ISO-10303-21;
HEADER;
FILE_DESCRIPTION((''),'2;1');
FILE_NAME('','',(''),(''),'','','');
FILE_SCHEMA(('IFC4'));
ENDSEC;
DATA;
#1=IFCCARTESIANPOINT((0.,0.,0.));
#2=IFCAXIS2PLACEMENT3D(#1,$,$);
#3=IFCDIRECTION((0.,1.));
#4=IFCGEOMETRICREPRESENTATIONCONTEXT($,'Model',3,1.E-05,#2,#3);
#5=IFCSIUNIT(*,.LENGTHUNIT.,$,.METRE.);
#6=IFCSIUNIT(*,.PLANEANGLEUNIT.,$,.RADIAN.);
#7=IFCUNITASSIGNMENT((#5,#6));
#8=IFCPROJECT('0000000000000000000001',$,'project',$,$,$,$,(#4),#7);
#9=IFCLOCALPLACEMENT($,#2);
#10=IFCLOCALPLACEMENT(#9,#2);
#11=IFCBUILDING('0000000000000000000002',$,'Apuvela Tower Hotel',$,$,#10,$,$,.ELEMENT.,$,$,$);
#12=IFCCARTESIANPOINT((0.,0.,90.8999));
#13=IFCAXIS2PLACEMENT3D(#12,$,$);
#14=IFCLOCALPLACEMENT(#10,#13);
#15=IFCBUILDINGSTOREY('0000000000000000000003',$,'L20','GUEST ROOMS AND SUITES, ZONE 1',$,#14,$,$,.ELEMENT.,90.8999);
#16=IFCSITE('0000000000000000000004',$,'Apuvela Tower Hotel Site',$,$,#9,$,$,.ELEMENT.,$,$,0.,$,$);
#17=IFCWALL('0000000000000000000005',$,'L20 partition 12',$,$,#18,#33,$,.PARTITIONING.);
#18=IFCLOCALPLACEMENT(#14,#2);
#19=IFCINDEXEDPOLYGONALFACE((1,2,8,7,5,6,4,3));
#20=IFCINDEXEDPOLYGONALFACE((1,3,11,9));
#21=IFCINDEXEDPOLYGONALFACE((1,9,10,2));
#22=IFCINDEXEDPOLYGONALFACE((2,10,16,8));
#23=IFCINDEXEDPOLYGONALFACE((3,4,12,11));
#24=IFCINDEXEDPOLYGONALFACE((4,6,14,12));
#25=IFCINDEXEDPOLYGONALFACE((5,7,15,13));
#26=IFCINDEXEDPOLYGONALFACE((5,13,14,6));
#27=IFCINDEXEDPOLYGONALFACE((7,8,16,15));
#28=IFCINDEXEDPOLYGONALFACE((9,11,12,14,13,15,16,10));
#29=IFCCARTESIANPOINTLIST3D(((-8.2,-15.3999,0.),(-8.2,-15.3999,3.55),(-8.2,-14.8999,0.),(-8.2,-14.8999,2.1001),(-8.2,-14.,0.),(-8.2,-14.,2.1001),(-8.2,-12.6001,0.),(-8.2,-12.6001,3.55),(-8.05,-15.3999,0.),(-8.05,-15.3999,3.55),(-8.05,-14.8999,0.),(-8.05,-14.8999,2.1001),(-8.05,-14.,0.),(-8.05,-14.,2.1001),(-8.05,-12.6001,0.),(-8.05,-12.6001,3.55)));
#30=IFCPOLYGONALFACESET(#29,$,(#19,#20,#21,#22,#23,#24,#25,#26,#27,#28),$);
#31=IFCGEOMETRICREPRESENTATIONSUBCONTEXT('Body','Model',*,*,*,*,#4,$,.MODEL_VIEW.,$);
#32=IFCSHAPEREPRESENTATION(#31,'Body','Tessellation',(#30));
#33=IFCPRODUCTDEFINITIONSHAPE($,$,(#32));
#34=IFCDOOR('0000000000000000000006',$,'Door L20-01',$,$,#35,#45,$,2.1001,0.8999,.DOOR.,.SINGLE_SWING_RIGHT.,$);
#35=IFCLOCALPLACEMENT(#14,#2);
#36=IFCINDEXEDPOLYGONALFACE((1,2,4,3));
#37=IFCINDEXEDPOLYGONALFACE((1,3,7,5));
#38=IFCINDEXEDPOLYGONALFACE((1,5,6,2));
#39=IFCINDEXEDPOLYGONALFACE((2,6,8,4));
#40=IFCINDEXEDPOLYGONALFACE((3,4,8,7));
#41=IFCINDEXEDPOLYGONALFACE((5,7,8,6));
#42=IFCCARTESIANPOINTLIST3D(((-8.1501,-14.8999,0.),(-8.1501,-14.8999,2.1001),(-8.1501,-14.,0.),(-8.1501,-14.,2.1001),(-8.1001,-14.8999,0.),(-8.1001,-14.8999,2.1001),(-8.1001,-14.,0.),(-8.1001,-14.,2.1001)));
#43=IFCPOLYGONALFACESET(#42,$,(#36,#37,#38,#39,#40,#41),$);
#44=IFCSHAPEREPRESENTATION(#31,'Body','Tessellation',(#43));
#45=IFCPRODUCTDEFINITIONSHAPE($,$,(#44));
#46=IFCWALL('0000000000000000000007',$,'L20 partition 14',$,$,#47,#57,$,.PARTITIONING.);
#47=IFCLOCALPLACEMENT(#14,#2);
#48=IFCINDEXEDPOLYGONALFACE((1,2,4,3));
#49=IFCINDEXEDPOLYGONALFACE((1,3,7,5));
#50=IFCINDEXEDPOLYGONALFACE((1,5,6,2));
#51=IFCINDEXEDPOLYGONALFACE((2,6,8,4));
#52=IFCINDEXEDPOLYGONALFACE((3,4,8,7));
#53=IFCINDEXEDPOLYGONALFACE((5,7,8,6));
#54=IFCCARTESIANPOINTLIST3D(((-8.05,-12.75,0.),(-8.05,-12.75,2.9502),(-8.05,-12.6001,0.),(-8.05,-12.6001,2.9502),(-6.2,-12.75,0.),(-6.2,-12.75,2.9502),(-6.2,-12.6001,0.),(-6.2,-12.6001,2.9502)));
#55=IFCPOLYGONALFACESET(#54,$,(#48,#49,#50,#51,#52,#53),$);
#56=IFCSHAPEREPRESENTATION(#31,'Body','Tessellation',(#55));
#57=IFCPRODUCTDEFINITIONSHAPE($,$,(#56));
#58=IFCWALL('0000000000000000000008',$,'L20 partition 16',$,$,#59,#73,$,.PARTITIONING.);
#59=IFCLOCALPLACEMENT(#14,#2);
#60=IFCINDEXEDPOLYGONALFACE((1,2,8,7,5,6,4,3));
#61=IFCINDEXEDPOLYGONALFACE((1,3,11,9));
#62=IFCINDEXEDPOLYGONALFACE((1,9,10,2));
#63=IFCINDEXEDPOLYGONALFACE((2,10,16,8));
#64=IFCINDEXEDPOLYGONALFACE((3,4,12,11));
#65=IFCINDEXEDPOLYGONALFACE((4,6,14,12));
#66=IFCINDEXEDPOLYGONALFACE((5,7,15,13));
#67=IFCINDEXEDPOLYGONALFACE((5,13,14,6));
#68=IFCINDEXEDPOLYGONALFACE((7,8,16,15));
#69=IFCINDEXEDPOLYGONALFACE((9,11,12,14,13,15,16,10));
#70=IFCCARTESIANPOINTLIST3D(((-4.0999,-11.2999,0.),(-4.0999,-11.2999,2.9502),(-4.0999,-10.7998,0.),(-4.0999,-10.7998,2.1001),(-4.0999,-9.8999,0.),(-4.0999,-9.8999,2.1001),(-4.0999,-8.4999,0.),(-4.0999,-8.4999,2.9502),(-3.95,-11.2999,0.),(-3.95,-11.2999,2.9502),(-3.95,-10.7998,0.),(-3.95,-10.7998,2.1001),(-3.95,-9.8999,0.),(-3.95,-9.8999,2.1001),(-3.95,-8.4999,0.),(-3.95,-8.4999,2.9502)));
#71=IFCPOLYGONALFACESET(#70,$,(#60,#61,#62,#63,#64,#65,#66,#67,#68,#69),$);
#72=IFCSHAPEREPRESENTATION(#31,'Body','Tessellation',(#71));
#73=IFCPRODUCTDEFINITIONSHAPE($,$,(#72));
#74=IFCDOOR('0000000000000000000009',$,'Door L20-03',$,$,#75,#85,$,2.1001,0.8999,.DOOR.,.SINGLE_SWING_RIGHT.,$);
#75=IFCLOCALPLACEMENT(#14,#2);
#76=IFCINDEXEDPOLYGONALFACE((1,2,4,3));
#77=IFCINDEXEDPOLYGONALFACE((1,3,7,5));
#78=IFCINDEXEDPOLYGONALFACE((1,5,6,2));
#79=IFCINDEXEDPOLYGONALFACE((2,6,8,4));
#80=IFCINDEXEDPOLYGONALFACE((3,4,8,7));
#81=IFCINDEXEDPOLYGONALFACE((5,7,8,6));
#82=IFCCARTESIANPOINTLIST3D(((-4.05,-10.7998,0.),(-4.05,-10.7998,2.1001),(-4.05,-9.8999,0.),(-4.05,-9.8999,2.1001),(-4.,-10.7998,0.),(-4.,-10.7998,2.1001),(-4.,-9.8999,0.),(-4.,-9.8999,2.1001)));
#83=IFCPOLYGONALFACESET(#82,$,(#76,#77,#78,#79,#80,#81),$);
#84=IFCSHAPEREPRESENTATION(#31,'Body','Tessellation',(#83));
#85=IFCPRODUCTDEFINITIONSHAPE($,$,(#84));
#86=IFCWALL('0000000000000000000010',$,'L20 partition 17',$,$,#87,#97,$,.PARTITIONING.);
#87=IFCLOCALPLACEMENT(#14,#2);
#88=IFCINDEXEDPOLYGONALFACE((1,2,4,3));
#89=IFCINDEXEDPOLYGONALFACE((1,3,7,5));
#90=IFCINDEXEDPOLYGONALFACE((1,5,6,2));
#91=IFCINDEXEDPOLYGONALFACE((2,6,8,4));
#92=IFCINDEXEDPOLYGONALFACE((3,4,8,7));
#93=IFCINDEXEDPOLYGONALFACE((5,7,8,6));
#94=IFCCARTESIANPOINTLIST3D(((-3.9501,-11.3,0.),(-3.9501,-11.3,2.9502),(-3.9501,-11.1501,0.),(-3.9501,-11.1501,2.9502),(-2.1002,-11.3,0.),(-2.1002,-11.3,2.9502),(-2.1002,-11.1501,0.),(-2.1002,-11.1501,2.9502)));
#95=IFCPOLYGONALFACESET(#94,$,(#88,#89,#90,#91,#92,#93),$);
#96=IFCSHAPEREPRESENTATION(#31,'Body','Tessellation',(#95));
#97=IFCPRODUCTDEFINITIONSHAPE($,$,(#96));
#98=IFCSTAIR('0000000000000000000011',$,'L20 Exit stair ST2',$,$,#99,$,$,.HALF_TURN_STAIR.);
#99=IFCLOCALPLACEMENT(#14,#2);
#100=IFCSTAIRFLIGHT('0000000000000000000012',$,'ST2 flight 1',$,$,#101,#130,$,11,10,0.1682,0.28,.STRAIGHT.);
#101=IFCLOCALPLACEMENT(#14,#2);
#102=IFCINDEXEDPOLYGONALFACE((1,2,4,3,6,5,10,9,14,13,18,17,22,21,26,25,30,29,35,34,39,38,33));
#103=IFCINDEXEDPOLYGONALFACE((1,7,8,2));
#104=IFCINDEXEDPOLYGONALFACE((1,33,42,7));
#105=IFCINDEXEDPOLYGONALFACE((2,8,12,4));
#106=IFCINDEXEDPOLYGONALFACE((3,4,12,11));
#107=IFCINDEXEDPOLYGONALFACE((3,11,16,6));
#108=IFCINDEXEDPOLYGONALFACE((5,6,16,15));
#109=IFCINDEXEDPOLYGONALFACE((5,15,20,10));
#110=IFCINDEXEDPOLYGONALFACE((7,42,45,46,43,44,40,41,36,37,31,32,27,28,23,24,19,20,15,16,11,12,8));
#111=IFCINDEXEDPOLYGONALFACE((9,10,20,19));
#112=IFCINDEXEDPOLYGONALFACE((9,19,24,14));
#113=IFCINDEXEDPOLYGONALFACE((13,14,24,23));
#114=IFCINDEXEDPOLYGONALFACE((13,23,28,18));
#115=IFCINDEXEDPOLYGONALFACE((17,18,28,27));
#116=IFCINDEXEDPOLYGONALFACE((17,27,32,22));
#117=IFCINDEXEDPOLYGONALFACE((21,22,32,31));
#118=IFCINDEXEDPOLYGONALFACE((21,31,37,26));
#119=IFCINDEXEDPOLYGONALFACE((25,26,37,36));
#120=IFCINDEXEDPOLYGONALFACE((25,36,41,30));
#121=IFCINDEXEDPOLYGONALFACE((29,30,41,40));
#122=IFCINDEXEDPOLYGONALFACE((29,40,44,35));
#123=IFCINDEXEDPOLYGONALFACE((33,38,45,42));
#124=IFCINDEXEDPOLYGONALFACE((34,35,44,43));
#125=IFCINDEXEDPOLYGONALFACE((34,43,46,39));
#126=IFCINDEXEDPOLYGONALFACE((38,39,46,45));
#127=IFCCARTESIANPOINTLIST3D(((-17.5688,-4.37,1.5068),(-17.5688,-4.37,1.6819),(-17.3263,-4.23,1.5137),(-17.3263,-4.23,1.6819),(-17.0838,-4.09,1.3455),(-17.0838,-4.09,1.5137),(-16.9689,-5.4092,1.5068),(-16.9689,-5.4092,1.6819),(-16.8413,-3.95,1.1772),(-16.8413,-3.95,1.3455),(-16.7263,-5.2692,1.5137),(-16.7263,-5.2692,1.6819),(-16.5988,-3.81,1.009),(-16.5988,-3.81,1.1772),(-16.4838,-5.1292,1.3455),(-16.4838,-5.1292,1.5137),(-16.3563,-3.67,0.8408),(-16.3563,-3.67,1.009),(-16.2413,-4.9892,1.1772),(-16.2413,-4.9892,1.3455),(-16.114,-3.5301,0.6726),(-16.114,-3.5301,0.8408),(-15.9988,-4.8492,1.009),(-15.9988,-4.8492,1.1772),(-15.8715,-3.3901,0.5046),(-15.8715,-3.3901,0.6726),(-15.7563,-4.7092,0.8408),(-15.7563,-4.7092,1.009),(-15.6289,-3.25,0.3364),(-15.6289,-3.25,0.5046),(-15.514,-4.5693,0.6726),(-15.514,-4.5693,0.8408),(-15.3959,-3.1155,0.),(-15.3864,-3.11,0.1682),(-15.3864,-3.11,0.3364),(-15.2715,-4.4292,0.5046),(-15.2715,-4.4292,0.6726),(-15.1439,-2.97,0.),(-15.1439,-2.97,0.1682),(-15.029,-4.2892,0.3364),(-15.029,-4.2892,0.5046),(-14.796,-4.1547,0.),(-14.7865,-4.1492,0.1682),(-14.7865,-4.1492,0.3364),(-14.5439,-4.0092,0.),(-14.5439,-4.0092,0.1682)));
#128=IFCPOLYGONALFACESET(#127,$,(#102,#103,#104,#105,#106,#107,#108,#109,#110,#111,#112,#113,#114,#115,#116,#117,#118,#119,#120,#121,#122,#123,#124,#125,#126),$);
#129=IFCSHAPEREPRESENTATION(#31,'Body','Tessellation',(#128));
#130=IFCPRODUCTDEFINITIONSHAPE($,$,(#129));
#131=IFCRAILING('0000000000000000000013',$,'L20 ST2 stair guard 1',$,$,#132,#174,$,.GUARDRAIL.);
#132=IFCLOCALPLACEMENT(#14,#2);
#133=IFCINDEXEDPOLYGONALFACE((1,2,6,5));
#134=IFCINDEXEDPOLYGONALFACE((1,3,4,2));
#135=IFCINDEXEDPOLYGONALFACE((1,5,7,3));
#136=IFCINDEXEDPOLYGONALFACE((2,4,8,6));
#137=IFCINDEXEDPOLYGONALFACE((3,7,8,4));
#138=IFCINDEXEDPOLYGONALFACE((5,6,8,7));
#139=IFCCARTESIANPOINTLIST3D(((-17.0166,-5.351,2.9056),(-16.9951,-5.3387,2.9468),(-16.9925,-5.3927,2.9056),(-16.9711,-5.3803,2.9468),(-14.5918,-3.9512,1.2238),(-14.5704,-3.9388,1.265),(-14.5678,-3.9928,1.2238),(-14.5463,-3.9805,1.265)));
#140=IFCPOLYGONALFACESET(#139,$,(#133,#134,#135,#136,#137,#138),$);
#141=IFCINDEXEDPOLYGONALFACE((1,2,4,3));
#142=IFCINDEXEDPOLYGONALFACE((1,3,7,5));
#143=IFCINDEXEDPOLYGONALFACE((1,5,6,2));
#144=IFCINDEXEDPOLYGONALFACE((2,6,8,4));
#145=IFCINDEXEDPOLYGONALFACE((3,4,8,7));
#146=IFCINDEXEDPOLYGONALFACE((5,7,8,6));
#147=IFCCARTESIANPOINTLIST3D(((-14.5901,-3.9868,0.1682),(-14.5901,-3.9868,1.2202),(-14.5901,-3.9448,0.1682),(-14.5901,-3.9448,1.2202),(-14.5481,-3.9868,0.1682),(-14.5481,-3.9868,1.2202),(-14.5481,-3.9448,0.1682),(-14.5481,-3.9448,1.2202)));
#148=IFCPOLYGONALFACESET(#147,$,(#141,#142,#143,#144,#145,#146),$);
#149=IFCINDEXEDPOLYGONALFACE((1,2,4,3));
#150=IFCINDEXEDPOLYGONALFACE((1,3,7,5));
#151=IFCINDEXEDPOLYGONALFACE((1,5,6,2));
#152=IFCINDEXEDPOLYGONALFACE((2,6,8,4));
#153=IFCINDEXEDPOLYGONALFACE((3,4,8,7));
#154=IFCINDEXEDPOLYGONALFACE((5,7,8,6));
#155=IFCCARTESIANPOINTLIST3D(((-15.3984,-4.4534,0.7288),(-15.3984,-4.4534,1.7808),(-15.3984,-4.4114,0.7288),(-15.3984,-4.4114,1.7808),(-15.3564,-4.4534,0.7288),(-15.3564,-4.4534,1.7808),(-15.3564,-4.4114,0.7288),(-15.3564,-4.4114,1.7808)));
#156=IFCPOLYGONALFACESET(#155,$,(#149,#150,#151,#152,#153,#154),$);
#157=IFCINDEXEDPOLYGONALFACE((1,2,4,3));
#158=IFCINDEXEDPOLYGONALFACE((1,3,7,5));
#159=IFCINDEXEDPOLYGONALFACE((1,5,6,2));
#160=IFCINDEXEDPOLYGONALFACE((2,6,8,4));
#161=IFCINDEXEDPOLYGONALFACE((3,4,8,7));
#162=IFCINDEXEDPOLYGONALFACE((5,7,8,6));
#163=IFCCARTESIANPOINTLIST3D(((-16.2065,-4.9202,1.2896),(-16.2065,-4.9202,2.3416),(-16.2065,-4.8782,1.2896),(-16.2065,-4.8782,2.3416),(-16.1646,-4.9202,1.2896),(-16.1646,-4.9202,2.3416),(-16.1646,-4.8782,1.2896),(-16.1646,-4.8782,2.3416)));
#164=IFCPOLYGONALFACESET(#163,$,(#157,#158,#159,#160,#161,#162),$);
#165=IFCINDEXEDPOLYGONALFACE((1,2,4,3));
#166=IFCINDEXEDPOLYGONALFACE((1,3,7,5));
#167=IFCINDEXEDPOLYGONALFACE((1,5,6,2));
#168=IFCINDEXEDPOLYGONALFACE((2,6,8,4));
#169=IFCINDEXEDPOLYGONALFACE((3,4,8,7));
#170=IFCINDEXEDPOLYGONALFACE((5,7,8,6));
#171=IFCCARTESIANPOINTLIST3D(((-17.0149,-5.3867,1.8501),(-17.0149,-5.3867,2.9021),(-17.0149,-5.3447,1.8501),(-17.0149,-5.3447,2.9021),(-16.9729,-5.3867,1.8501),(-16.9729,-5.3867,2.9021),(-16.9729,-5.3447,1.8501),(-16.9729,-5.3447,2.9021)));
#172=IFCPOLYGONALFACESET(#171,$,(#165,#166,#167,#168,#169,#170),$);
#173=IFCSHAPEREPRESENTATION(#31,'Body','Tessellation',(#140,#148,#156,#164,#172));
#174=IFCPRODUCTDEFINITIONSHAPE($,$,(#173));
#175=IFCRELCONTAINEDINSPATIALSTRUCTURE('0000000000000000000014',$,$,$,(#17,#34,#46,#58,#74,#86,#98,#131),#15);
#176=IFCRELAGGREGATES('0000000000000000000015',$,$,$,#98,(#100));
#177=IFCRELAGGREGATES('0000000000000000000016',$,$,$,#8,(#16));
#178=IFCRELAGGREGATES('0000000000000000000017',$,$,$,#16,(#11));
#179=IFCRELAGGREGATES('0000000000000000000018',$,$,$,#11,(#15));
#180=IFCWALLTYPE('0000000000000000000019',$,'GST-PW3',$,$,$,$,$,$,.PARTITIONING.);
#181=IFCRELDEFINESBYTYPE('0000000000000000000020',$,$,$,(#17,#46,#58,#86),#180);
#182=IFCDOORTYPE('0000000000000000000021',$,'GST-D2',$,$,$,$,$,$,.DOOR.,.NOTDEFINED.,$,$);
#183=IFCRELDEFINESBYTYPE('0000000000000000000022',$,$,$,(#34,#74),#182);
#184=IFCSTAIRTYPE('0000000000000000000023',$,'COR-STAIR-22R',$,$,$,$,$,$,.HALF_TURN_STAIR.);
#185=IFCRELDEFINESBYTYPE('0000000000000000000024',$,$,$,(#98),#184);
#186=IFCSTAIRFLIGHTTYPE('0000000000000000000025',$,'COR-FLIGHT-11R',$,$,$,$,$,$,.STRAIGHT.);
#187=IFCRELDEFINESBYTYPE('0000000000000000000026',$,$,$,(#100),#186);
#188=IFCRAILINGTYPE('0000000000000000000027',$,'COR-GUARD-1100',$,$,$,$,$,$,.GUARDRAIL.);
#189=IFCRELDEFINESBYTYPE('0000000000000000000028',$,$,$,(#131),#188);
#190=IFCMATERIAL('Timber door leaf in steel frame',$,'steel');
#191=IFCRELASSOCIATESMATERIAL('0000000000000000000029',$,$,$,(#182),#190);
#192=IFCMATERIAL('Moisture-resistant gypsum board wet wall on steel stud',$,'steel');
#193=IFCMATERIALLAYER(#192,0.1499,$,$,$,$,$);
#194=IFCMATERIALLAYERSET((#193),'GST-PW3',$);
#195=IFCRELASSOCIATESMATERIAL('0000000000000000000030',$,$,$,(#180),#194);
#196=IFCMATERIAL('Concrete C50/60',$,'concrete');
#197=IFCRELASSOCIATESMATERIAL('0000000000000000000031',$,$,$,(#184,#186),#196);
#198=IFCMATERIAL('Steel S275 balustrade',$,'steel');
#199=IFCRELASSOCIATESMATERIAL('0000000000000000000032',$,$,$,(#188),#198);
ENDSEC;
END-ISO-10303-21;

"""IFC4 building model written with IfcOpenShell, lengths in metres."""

from ifc_helpers import new_model, si_unit, direction, frame, frame_2d, origin, origin_2d, place, context, subcontext, project, spatial, polyline, rectangle, outline, extrude, material, layer, layer_set, type_object, element, fill, aggregate, save


model = new_model("IFC4")

# Units and contexts
model_context = context("Model", 3, precision=1e-05, world=origin(), true_north=direction((0.0, 1.0)))
body_context = subcontext(model_context, "Body", "Model", "MODEL_VIEW")
ifc_project = project(units=[si_unit("LENGTHUNIT", "METRE"), si_unit("PLANEANGLEUNIT", "RADIAN")], contexts=[model_context])

# Site, building, storey
site_placement = place(None, origin())
site = spatial("IfcSite", under=ifc_project, at=site_placement, Name="Apuvela Tower Hotel Site", CompositionType="ELEMENT", RefElevation=0.0)
building_placement = place(site_placement, origin())
building = spatial("IfcBuilding", under=site, at=building_placement, Name="Apuvela Tower Hotel", CompositionType="ELEMENT")
storey_placement = place(building_placement, frame((0.0, 0.0, 90.8999)))
storey = spatial("IfcBuildingStorey", under=building, at=storey_placement, Name="L20", Description="GUEST ROOMS AND SUITES, ZONE 1", CompositionType="ELEMENT", Elevation=90.8999)

# Shared definitions
ifc_material_1 = material(Name="Concrete C50/60", Category="concrete")

# Wall, opening, door
ifc_material_2 = material(Name="Timber door leaf in steel frame", Category="steel")
door_type_1 = type_object("IfcDoorType", Name="GST-D2", OperationType="NOTDEFINED", PredefinedType="DOOR", material=ifc_material_2)
ifc_material_3 = material(Name="Moisture-resistant gypsum board wet wall on steel stud", Category="steel")
ifc_layer_1 = layer(ifc_material_3, 0.1499)
ifc_layer_set_1 = layer_set([ifc_layer_1], Name="GST-PW3")
wall_type_1 = type_object("IfcWallType", Name="GST-PW3", PredefinedType="PARTITIONING", material=ifc_layer_set_1)
wall_1_placement = place(storey_placement, frame((-8.125, -12.6001, 0.0), z_axis=(0.0, 0.0, 1.0), x_axis=(0.0, -1.0, 0.0)))
wall_1 = element("IfcWall", 1, at=wall_1_placement, inside=storey, type_object=wall_type_1, Name="L20 partition 12", PredefinedType="PARTITIONING", context=body_context, shape_type="SweptSolid", body=[
    extrude(rectangle(XDim=2.7998, YDim=0.1499, at=frame_2d((1.3999, 0.0))), origin(), (0.0, 0.0, 1.0), 3.55),
])
opening_1_placement = place(wall_1_placement, frame((1.3999, 0.0, 0.0)))
opening_1 = element("IfcOpeningElement", 2, at=opening_1_placement, cuts=wall_1, PredefinedType="OPENING", context=body_context, shape_type="SweptSolid", body=[
    extrude(rectangle(XDim=0.8999, YDim=2.1001, at=frame_2d((0.45, 1.05))), frame((0.0, 0.085, 0.0), z_axis=(0.0, -1.0, 0.0), x_axis=(1.0, 0.0, 0.0)), (0.0, 0.0, 1.0), 0.1699),
])
door_1_placement = place(opening_1_placement, origin())
door_1 = element("IfcDoor", 3, at=door_1_placement, inside=storey, type_object=door_type_1, Name="Door L20-01", OperationType="SINGLE_SWING_RIGHT", OverallHeight=2.1001, OverallWidth=0.8999, PredefinedType="DOOR", context=body_context, shape_type="SweptSolid", body=[
    extrude(rectangle(XDim=0.8999, YDim=2.1001, at=frame_2d((0.45, 1.05))), frame((0.0, 0.0249, 0.0), z_axis=(0.0, -1.0, 0.0), x_axis=(1.0, 0.0, 0.0)), (0.0, 0.0, 1.0), 0.05),
])
fill(opening_1, door_1)

# Wall
wall_2_placement = place(storey_placement, frame((-8.05, -12.675, 0.0), z_axis=(0.0, 0.0, 1.0), x_axis=(1.0, 0.0, 0.0)))
element("IfcWall", 4, at=wall_2_placement, inside=storey, type_object=wall_type_1, Name="L20 partition 14", PredefinedType="PARTITIONING", context=body_context, shape_type="SweptSolid", body=[
    extrude(rectangle(XDim=1.8501, YDim=0.1499, at=frame_2d((0.925, 0.0))), origin(), (0.0, 0.0, 1.0), 2.9502),
])

# Wall, opening, door
wall_3_placement = place(storey_placement, frame((-4.0249, -8.5, 0.0), z_axis=(0.0, 0.0, 1.0), x_axis=(0.0, -1.0, 0.0)))
wall_3 = element("IfcWall", 5, at=wall_3_placement, inside=storey, type_object=wall_type_1, Name="L20 partition 16", PredefinedType="PARTITIONING", context=body_context, shape_type="SweptSolid", body=[
    extrude(rectangle(XDim=2.8, YDim=0.1499, at=frame_2d((1.3999, 0.0))), origin(), (0.0, 0.0, 1.0), 2.9502),
])
opening_2_placement = place(wall_3_placement, frame((1.3999, 0.0, 0.0)))
opening_2 = element("IfcOpeningElement", 6, at=opening_2_placement, cuts=wall_3, PredefinedType="OPENING", context=body_context, shape_type="SweptSolid", body=[
    extrude(rectangle(XDim=0.8999, YDim=2.1001, at=frame_2d((0.45, 1.05))), frame((0.0, 0.085, 0.0), z_axis=(0.0, -1.0, 0.0), x_axis=(1.0, 0.0, 0.0)), (0.0, 0.0, 1.0), 0.1699),
])
door_2_placement = place(opening_2_placement, origin())
door_2 = element("IfcDoor", 7, at=door_2_placement, inside=storey, type_object=door_type_1, Name="Door L20-03", OperationType="SINGLE_SWING_RIGHT", OverallHeight=2.1001, OverallWidth=0.8999, PredefinedType="DOOR", context=body_context, shape_type="SweptSolid", body=[
    extrude(rectangle(XDim=0.8999, YDim=2.1001, at=frame_2d((0.45, 1.05))), frame((0.0, 0.0249, 0.0), z_axis=(0.0, -1.0, 0.0), x_axis=(1.0, 0.0, 0.0)), (0.0, 0.0, 1.0), 0.05),
])
fill(opening_2, door_2)

# Wall
wall_4_placement = place(storey_placement, frame((-3.95, -11.2251, 0.0), z_axis=(0.0, 0.0, 1.0), x_axis=(1.0, 0.0, 0.0)))
element("IfcWall", 8, at=wall_4_placement, inside=storey, type_object=wall_type_1, Name="L20 partition 17", PredefinedType="PARTITIONING", context=body_context, shape_type="SweptSolid", body=[
    extrude(rectangle(XDim=1.8499, YDim=0.1499, at=frame_2d((0.9248, 0.0))), origin(), (0.0, 0.0, 1.0), 2.9502),
])

# Stair, stair flight
stair_type = type_object("IfcStairType", Name="COR-STAIR-22R", PredefinedType="HALF_TURN_STAIR", material=ifc_material_1)
stair_placement = place(storey_placement, origin())
stair = element("IfcStair", 9, at=stair_placement, inside=storey, type_object=stair_type, Name="L20 Exit stair ST2", PredefinedType="HALF_TURN_STAIR")
stair_flight_type = type_object("IfcStairFlightType", Name="COR-FLIGHT-11R", PredefinedType="STRAIGHT", material=ifc_material_1)
stair_flight_placement = place(storey_placement, frame((-14.844, -3.4895, 0.0), z_axis=(0.0, 0.0, 1.0), x_axis=(-0.866025, -0.5, 0.0)))
stair_flight = element("IfcStairFlight", 10, at=stair_flight_placement, type_object=stair_flight_type, Name="ST2 flight 1", NumberOfRisers=11, NumberOfTreads=10, PredefinedType="STRAIGHT", RiserHeight=0.1682, TreadLength=0.28, context=body_context, shape_type="SweptSolid", body=[
    extrude(outline(polyline([(0.0, 0.0), (0.0, 0.1682), (0.28, 0.1682), (0.28, 0.3364), (0.5601, 0.3364), (0.5601, 0.5046), (0.8401, 0.5046), (0.8401, 0.6726), (1.1201, 0.6726), (1.1201, 0.8408), (1.3999, 0.8408), (1.3999, 1.009), (1.6799, 1.009), (1.6799, 1.1772), (1.96, 1.1772), (1.96, 1.3455), (2.24, 1.3455), (2.24, 1.5137), (2.52, 1.5137), (2.52, 1.6819), (2.8, 1.6819), (2.8, 1.8501), (2.8, 1.5068), (0.291, 0.0), (0.0, 0.0)])), frame((0.0, 0.6001, 0.0), z_axis=(0.0, -1.0, 0.0), x_axis=(1.0, 0.0, 0.0)), (0.0, 0.0, 1.0), 1.2),
])
aggregate(stair, [stair_flight])

# Railing
ifc_material_4 = material(Name="Steel S275 balustrade", Category="steel")
railing_type = type_object("IfcRailingType", Name="COR-GUARD-1100", PredefinedType="GUARDRAIL", material=ifc_material_4)
railing_1_placement = place(storey_placement, frame((-14.5691, -3.9658, 0.1682)))
element("IfcRailing", 11, at=railing_1_placement, inside=storey, type_object=railing_type, Name="L20 ST2 stair guard 1", PredefinedType="GUARDRAIL", context=body_context, shape_type="SweptSolid", body=[
    extrude(rectangle(XDim=0.0481, YDim=0.0481, at=origin_2d()), frame((0.0, 0.0, 1.0762), z_axis=(-0.74239, -0.428601, 0.514934), x_axis=(0.499984, -0.866035, 0.0)), (0.0, 0.0, 1.0), 3.2661),
    extrude(rectangle(XDim=0.042, YDim=0.042, at=origin_2d()), origin(), (0.0, 0.0, 1.0), 1.052),
    extrude(rectangle(XDim=0.042, YDim=0.042, at=origin_2d()), frame((-0.8083, -0.4666, 0.5605)), (0.0, 0.0, 1.0), 1.052),
    extrude(rectangle(XDim=0.042, YDim=0.042, at=origin_2d()), frame((-1.6165, -0.9333, 1.1213)), (0.0, 0.0, 1.0), 1.052),
    extrude(rectangle(XDim=0.042, YDim=0.042, at=origin_2d()), frame((-2.4248, -1.3999, 1.6819)), (0.0, 0.0, 1.0), 1.052),
])

save(model, "model.ifc")
